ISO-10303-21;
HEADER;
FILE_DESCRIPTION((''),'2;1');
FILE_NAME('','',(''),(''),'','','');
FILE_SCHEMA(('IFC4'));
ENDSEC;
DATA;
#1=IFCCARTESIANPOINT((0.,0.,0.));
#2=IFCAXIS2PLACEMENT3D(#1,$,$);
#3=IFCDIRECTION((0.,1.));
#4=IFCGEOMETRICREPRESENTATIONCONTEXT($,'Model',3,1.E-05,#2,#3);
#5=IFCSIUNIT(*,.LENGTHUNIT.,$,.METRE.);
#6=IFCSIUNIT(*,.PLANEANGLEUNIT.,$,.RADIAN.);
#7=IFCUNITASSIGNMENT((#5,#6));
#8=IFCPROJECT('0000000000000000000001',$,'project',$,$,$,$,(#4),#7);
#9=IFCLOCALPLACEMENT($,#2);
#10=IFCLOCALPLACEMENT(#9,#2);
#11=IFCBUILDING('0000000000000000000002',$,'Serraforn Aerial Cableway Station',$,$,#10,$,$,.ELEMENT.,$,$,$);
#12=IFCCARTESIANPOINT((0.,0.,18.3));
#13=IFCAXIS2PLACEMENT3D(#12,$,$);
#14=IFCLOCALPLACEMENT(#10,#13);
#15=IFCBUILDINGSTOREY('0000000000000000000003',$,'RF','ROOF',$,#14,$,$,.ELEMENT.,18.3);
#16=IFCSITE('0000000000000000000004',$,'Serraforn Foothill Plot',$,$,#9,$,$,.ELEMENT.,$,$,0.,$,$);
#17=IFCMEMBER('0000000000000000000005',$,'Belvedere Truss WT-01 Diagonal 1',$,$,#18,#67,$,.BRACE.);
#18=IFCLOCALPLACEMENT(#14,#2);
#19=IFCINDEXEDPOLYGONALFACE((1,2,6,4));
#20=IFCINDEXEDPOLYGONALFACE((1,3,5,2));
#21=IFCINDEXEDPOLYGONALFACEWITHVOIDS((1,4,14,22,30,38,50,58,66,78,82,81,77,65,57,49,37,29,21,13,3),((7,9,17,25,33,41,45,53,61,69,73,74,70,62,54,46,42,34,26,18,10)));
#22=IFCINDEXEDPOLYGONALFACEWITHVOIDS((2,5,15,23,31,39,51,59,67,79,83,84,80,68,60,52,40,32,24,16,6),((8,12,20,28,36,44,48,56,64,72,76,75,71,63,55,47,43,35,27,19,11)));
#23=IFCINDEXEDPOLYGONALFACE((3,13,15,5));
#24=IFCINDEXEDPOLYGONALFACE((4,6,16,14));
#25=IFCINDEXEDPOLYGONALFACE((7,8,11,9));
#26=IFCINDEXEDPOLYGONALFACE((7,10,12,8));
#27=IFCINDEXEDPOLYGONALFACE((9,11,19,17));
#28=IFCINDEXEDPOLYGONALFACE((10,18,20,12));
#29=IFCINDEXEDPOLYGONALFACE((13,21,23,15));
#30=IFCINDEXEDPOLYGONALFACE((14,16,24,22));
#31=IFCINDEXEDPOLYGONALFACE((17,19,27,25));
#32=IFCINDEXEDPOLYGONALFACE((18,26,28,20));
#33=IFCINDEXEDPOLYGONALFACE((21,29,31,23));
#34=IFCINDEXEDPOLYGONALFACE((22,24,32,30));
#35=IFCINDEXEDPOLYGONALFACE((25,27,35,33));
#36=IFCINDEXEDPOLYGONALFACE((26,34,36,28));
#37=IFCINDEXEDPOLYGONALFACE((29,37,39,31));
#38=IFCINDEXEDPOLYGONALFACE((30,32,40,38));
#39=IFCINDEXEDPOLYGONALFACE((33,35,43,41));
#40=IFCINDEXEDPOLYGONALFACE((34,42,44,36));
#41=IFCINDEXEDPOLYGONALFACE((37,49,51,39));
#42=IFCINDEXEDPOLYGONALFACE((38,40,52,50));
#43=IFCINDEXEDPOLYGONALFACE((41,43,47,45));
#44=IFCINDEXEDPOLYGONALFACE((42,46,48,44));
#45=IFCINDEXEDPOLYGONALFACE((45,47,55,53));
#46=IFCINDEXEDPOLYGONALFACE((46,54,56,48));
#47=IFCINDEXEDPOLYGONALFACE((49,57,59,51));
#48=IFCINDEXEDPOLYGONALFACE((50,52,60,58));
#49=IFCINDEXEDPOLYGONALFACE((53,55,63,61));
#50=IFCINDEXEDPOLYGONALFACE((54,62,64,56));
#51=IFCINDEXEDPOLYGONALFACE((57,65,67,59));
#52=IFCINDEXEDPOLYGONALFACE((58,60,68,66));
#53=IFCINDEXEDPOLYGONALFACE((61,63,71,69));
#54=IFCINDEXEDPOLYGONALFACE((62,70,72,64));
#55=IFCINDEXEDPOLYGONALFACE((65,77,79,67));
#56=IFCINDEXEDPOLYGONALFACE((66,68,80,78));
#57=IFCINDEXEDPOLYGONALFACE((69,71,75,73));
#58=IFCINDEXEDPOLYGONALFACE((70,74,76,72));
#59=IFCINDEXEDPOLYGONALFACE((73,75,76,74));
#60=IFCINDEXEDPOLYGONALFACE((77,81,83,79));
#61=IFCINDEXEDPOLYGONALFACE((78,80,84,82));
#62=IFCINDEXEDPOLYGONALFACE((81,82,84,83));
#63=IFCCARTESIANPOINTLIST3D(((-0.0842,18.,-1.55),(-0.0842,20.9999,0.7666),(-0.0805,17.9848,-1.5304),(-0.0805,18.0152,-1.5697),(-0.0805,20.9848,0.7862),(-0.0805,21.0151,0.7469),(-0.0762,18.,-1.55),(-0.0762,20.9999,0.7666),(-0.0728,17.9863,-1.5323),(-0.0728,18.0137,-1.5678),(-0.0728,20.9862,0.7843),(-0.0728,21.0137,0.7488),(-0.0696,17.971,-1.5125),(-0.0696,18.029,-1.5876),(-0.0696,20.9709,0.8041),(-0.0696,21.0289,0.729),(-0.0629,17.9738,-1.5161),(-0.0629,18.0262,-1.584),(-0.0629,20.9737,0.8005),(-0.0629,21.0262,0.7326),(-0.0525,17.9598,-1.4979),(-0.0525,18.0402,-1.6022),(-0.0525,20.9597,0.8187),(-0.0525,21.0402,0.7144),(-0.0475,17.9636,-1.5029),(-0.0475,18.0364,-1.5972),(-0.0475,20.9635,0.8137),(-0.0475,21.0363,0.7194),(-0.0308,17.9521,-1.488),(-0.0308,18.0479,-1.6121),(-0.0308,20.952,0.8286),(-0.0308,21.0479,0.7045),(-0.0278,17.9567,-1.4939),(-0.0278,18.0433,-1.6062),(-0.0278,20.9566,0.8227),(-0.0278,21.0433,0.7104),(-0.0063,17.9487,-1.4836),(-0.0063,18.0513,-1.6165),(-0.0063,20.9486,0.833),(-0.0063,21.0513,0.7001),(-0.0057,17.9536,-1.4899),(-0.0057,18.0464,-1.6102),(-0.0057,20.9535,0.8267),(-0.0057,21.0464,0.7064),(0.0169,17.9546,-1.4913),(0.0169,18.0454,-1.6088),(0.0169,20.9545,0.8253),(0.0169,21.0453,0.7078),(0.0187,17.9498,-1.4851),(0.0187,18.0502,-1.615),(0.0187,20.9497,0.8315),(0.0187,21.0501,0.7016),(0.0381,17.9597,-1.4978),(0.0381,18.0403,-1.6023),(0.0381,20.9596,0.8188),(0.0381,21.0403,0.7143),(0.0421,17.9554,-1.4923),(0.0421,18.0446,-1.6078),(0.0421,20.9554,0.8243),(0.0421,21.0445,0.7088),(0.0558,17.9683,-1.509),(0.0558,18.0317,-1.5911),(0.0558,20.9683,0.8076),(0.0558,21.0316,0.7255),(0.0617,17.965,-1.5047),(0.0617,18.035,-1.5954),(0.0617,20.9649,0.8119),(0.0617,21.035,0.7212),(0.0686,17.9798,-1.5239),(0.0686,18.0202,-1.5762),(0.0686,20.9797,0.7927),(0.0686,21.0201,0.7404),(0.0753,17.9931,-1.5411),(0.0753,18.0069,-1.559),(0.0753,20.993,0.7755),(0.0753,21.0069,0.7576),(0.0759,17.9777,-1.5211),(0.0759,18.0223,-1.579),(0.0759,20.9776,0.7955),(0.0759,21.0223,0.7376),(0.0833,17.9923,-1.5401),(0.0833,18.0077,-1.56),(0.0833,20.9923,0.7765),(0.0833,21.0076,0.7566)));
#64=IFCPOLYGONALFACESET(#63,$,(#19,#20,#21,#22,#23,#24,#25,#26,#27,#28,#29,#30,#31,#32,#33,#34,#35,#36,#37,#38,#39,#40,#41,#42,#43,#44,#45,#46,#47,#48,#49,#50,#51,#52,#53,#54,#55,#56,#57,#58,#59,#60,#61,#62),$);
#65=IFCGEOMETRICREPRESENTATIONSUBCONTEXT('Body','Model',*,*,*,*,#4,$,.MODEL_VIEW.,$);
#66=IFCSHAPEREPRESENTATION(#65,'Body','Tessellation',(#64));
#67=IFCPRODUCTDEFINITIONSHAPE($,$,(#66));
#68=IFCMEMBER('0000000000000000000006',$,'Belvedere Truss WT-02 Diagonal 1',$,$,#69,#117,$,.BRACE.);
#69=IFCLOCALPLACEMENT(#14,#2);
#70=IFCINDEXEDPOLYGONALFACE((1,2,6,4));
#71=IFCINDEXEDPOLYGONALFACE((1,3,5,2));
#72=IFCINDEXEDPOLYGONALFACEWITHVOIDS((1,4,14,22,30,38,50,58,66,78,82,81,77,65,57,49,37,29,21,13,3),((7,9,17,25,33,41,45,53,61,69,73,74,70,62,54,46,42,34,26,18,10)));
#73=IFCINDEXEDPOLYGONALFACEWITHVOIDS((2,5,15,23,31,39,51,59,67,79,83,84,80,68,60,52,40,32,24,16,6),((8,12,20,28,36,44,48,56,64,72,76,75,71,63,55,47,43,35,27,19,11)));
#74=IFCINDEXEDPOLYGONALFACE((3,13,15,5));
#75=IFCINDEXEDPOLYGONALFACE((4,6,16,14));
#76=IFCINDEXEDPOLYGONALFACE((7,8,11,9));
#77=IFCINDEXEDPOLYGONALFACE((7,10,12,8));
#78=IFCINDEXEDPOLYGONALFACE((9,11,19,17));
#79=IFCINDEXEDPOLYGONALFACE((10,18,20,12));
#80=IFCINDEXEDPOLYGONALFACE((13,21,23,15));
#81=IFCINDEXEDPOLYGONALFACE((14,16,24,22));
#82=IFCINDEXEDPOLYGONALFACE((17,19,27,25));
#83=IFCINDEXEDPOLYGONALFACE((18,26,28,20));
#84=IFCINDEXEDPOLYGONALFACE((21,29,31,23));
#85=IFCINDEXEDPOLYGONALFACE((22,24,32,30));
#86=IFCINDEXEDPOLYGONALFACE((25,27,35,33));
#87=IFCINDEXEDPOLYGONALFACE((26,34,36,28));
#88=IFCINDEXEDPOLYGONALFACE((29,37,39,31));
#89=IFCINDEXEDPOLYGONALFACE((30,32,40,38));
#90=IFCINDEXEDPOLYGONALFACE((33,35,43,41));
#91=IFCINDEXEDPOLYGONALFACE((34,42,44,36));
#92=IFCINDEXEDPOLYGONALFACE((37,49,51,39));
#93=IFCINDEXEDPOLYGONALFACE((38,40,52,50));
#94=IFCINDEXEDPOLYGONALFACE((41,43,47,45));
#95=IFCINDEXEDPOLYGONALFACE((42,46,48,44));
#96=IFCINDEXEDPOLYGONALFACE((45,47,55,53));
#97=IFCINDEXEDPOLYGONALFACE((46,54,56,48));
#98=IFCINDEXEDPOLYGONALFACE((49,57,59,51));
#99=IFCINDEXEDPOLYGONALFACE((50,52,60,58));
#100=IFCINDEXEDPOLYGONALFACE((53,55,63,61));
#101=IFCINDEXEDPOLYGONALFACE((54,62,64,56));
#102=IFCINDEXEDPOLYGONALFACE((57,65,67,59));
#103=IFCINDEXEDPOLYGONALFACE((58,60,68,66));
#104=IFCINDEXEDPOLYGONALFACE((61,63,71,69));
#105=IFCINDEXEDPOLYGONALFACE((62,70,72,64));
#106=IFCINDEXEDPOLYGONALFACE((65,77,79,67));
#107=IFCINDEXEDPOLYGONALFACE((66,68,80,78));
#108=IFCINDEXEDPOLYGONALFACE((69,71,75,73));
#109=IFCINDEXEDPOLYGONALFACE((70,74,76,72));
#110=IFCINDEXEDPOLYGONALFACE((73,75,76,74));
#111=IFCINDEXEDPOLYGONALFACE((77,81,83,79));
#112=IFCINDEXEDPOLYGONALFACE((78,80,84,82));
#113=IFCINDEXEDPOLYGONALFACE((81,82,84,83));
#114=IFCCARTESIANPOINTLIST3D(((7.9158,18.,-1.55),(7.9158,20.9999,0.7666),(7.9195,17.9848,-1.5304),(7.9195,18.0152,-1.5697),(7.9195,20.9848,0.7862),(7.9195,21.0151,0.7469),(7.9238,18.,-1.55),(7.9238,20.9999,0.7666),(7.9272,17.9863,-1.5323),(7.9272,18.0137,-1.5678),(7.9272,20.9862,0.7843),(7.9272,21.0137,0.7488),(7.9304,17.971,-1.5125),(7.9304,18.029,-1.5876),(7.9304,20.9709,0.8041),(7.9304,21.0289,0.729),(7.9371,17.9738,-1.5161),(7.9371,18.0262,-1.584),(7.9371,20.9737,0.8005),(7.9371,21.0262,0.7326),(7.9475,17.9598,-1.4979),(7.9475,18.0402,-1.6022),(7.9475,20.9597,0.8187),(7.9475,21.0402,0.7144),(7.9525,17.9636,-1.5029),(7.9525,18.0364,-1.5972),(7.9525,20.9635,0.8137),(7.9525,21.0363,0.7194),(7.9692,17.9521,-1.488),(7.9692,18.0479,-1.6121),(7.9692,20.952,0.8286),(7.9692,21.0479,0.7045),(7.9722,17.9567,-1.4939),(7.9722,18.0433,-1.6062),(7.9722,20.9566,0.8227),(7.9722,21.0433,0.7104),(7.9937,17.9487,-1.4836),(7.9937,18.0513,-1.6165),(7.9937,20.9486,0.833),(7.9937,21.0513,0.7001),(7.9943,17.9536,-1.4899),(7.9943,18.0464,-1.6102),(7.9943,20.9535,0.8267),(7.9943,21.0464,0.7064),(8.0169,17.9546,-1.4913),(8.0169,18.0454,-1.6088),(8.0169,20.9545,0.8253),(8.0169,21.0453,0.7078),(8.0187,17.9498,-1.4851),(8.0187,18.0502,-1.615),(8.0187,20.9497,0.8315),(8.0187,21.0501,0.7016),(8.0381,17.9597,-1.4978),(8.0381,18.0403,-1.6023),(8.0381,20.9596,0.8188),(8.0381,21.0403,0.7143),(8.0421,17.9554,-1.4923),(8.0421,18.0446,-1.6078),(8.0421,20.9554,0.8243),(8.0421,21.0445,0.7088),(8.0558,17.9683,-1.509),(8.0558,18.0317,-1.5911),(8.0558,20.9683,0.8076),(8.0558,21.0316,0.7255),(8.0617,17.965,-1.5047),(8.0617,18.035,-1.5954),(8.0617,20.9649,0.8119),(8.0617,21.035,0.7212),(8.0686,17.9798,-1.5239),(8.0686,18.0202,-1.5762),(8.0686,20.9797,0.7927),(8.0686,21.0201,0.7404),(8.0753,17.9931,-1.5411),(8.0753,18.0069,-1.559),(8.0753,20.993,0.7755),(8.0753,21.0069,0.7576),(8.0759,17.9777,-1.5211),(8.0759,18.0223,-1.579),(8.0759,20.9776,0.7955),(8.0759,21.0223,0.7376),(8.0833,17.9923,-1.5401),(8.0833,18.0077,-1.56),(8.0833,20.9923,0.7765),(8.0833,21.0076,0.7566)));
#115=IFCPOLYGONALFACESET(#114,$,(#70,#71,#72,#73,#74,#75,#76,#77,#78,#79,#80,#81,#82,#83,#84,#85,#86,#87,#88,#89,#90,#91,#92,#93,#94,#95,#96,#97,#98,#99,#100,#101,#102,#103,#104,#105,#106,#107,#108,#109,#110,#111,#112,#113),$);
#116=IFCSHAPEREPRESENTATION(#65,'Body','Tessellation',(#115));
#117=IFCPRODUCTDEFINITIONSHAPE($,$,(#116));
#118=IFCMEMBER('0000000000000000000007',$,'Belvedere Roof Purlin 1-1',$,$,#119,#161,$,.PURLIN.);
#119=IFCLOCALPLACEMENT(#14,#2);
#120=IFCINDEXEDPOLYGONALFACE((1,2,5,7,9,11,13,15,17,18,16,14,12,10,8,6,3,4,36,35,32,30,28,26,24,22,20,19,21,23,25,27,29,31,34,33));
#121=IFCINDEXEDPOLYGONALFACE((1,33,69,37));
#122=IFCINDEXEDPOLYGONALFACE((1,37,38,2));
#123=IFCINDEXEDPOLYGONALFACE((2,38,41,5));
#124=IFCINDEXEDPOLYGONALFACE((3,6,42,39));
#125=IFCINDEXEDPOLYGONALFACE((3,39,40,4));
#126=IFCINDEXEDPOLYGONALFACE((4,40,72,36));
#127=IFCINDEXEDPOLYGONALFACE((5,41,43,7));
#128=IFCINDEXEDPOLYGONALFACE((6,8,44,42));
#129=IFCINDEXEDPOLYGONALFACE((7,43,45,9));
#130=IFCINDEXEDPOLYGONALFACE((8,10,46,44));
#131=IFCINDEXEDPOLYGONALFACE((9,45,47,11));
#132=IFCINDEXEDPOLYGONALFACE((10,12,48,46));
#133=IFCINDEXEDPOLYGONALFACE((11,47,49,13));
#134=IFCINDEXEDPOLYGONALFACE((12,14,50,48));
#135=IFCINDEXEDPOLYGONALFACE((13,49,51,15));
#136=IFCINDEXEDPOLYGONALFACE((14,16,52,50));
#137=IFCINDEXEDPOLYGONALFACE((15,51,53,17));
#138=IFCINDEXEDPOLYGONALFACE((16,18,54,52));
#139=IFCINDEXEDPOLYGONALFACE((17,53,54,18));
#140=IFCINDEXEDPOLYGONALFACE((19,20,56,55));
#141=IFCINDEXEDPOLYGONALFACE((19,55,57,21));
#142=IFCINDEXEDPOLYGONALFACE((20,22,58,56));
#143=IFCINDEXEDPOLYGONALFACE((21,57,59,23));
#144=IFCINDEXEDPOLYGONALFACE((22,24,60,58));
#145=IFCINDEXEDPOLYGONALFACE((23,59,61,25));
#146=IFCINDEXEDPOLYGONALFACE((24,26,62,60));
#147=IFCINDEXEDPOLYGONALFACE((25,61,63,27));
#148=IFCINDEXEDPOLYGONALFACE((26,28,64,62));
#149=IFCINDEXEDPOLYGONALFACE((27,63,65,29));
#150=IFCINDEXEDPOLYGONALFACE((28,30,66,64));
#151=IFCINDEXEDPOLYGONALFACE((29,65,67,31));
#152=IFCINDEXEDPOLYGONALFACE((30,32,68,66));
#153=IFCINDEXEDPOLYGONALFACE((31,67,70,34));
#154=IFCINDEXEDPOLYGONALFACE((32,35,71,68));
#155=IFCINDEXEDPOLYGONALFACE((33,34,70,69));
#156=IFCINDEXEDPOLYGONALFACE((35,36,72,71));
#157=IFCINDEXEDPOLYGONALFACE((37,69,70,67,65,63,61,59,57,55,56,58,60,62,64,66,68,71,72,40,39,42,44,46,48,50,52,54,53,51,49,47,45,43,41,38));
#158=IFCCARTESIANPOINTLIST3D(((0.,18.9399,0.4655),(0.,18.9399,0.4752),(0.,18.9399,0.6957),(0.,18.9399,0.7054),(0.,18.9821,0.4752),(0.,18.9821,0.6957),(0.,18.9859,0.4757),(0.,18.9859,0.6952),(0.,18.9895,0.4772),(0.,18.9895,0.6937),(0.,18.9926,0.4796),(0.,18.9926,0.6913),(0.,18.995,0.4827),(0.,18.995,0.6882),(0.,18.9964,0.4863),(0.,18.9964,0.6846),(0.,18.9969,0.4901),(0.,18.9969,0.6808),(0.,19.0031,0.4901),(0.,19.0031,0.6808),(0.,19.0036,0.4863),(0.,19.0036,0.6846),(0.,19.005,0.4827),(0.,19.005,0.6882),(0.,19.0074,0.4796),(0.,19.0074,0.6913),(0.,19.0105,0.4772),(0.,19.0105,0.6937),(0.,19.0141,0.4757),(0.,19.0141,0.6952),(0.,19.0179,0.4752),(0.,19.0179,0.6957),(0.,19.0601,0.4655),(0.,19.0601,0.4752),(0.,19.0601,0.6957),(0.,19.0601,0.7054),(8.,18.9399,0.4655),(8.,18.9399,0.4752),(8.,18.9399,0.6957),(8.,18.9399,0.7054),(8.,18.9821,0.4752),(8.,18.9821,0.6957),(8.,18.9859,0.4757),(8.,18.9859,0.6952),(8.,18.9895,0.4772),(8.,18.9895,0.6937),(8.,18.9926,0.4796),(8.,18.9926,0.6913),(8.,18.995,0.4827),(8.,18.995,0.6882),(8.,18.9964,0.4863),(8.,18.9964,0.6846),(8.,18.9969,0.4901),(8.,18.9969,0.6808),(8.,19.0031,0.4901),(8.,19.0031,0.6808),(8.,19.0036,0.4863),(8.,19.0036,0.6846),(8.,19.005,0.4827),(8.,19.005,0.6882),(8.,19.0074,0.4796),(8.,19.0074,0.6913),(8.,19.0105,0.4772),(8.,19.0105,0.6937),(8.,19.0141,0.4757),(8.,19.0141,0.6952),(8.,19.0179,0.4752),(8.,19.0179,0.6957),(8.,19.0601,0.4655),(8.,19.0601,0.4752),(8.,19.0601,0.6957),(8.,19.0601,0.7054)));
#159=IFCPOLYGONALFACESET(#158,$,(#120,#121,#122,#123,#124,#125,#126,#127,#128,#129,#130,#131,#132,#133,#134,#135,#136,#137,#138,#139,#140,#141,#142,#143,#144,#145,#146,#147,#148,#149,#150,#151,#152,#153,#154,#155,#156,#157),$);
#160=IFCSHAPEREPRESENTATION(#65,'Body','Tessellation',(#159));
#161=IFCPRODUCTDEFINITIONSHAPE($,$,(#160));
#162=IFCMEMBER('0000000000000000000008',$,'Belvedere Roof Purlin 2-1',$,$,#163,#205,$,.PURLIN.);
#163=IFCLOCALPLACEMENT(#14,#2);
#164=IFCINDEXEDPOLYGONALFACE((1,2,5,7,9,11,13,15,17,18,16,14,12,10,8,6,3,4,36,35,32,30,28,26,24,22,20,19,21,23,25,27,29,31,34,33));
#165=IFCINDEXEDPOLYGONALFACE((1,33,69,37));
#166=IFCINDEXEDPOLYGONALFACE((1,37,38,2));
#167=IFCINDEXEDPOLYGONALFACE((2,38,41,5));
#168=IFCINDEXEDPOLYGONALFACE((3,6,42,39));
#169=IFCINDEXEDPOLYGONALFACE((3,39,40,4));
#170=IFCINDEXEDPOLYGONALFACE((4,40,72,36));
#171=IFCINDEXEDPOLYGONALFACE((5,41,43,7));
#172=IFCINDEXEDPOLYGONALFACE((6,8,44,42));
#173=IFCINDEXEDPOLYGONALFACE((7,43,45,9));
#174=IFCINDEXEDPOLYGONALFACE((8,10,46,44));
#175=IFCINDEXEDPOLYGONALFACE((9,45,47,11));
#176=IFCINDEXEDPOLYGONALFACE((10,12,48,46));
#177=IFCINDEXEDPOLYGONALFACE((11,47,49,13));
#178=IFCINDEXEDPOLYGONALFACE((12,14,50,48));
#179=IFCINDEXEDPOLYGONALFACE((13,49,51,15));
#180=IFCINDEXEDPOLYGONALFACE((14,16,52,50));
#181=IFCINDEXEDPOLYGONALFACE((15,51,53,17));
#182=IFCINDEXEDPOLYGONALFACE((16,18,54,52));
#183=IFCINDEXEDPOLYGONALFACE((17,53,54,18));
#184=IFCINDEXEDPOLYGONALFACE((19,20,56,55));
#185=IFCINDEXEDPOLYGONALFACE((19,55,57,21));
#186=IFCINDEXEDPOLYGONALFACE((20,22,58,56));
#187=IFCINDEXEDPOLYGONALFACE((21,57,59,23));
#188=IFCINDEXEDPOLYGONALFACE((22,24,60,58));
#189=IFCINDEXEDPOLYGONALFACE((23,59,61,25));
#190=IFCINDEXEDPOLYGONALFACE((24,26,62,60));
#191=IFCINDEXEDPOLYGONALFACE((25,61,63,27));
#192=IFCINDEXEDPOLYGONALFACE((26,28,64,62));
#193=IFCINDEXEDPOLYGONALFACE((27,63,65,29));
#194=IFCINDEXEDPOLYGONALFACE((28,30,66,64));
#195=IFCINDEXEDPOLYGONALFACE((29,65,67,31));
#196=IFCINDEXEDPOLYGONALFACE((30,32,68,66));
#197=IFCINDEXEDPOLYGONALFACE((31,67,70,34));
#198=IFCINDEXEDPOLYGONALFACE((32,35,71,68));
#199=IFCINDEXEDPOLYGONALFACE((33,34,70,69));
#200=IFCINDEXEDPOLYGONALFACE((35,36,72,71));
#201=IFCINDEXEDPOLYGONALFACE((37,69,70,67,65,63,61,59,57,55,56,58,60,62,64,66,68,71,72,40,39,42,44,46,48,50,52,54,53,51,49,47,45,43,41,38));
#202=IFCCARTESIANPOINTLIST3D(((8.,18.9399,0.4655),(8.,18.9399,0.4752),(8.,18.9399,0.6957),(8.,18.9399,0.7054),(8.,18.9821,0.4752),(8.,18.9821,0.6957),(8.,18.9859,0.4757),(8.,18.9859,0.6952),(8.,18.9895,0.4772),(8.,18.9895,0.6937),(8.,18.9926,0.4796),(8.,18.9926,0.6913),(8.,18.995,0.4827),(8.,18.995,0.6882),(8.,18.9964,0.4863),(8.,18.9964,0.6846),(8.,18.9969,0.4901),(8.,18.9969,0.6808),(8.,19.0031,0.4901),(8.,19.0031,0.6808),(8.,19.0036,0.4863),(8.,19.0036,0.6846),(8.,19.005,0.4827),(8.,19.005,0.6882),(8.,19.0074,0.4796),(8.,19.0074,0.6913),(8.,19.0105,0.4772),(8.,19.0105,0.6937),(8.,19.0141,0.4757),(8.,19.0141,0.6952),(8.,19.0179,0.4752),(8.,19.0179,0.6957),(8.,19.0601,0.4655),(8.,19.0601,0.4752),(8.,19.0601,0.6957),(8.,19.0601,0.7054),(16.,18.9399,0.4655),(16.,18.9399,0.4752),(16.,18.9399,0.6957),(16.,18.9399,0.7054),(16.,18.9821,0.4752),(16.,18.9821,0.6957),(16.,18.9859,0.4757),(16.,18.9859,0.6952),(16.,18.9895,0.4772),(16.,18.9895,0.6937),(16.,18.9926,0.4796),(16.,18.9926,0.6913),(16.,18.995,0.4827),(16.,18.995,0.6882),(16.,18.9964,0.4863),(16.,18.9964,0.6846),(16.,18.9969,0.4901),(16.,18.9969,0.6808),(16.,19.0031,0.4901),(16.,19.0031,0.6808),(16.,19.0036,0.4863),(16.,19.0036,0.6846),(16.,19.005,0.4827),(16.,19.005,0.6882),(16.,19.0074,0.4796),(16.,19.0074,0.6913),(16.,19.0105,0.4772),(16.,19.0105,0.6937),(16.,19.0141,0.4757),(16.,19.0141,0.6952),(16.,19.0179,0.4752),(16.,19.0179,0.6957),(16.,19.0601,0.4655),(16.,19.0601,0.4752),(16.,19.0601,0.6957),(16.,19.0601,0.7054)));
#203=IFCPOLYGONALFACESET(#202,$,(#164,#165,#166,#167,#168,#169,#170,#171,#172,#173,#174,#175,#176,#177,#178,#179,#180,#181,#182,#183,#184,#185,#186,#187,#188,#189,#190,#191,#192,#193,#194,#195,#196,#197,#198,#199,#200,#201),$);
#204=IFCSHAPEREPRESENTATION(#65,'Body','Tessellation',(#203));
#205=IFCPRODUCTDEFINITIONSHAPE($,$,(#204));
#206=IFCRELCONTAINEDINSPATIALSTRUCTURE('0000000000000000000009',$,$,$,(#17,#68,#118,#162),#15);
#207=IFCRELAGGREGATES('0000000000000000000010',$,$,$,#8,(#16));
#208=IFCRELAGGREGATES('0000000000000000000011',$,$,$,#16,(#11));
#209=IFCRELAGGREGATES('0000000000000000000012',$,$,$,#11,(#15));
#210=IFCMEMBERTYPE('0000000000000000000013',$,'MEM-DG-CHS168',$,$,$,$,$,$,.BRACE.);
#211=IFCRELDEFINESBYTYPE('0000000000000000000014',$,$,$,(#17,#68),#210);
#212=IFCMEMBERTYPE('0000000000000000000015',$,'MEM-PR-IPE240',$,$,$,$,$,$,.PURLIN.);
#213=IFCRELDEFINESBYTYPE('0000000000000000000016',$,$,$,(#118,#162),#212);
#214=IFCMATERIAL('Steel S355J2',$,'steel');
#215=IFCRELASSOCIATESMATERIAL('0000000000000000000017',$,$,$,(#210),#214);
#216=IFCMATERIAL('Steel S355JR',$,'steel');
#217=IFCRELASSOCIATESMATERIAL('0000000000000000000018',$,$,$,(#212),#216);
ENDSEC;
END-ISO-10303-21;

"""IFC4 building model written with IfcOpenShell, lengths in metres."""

from ifc_helpers import new_model, si_unit, direction, frame, origin, origin_2d, place, context, subcontext, project, spatial, hollow_circle, i_section, extrude, material, material_profile, profile_set, type_object, element, save


model = new_model("IFC4")

# Units and contexts
model_context = context("Model", 3, precision=1e-05, world=origin(), true_north=direction((0.0, 1.0)))
body_context = subcontext(model_context, "Body", "Model", "MODEL_VIEW")
ifc_project = project(units=[si_unit("LENGTHUNIT", "METRE"), si_unit("PLANEANGLEUNIT", "RADIAN")], contexts=[model_context])

# Site, building, storey
site_placement = place(None, origin())
site = spatial("IfcSite", under=ifc_project, at=site_placement, Name="Serraforn Foothill Plot", CompositionType="ELEMENT", RefElevation=0.0)
building_placement = place(site_placement, origin())
building = spatial("IfcBuilding", under=site, at=building_placement, Name="Serraforn Aerial Cableway Station", CompositionType="ELEMENT")
storey_placement = place(building_placement, frame((0.0, 0.0, 18.3)))
storey = spatial("IfcBuildingStorey", under=building, at=storey_placement, Name="RF", Description="ROOF", CompositionType="ELEMENT", Elevation=18.3)

# Shared definitions
ifc_material_1 = material(Name="Steel S355JR", Category="steel")

# Members
ifc_material_2 = material(Name="Steel S355J2", Category="steel")
ifc_material_profile_1 = material_profile(ifc_material_2, hollow_circle(Radius=0.0842, WallThickness=0.0081, at=origin_2d()), Name="CHS 168.3x8.0")
ifc_profile_set_1 = profile_set([ifc_material_profile_1], Name="Steel S355J2")
member_type_1 = type_object("IfcMemberType", Name="MEM-DG-CHS168", PredefinedType="BRACE", material=ifc_profile_set_1)
for number, where, z_axis, x_axis, name in (
    (1, (0.0, 18.0, -1.55), (0.0, 0.79148, 0.611194), (-1.0, 0.0, 0.0), "Belvedere Truss WT-01 Diagonal 1"),
    (2, (8.0, 18.0, -1.55), (0.0, 0.79148, 0.611194), (-1.0, 0.0, 0.0), "Belvedere Truss WT-02 Diagonal 1"),
):
    element("IfcMember", number, at=place(storey_placement, frame(where, z_axis=z_axis, x_axis=x_axis)), inside=storey, type_object=member_type_1, Name=name, PredefinedType="BRACE", context=body_context, shape_type="SweptSolid", body=[
        extrude(hollow_circle(Radius=0.0842, WallThickness=0.0081, at=origin_2d()), origin(), (0.0, 0.0, 1.0), 3.7903),
    ])
ifc_material_profile_2 = material_profile(ifc_material_1, i_section(OverallWidth=0.1201, OverallDepth=0.24, WebThickness=0.0061, FlangeThickness=0.0098, FilletRadius=0.0149, at=origin_2d()), Name="IPE 240")
ifc_profile_set_2 = profile_set([ifc_material_profile_2], Name="Steel S355JR")
member_type_2 = type_object("IfcMemberType", Name="MEM-PR-IPE240", PredefinedType="PURLIN", material=ifc_profile_set_2)
for number, where, z_axis, x_axis, name in (
    (3, (0.0, 19.0, 0.5854), (1.0, 0.0, 0.0), (0.0, 1.0, 0.0), "Belvedere Roof Purlin 1-1"),
    (4, (8.0, 19.0, 0.5854), (1.0, 0.0, 0.0), (0.0, 1.0, 0.0), "Belvedere Roof Purlin 2-1"),
):
    element("IfcMember", number, at=place(storey_placement, frame(where, z_axis=z_axis, x_axis=x_axis)), inside=storey, type_object=member_type_2, Name=name, PredefinedType="PURLIN", context=body_context, shape_type="SweptSolid", body=[
        extrude(i_section(OverallWidth=0.1201, OverallDepth=0.24, WebThickness=0.0061, FlangeThickness=0.0098, FilletRadius=0.0149, at=origin_2d()), origin(), (0.0, 0.0, 1.0), 8.0),
    ])

save(model, "model.ifc")
